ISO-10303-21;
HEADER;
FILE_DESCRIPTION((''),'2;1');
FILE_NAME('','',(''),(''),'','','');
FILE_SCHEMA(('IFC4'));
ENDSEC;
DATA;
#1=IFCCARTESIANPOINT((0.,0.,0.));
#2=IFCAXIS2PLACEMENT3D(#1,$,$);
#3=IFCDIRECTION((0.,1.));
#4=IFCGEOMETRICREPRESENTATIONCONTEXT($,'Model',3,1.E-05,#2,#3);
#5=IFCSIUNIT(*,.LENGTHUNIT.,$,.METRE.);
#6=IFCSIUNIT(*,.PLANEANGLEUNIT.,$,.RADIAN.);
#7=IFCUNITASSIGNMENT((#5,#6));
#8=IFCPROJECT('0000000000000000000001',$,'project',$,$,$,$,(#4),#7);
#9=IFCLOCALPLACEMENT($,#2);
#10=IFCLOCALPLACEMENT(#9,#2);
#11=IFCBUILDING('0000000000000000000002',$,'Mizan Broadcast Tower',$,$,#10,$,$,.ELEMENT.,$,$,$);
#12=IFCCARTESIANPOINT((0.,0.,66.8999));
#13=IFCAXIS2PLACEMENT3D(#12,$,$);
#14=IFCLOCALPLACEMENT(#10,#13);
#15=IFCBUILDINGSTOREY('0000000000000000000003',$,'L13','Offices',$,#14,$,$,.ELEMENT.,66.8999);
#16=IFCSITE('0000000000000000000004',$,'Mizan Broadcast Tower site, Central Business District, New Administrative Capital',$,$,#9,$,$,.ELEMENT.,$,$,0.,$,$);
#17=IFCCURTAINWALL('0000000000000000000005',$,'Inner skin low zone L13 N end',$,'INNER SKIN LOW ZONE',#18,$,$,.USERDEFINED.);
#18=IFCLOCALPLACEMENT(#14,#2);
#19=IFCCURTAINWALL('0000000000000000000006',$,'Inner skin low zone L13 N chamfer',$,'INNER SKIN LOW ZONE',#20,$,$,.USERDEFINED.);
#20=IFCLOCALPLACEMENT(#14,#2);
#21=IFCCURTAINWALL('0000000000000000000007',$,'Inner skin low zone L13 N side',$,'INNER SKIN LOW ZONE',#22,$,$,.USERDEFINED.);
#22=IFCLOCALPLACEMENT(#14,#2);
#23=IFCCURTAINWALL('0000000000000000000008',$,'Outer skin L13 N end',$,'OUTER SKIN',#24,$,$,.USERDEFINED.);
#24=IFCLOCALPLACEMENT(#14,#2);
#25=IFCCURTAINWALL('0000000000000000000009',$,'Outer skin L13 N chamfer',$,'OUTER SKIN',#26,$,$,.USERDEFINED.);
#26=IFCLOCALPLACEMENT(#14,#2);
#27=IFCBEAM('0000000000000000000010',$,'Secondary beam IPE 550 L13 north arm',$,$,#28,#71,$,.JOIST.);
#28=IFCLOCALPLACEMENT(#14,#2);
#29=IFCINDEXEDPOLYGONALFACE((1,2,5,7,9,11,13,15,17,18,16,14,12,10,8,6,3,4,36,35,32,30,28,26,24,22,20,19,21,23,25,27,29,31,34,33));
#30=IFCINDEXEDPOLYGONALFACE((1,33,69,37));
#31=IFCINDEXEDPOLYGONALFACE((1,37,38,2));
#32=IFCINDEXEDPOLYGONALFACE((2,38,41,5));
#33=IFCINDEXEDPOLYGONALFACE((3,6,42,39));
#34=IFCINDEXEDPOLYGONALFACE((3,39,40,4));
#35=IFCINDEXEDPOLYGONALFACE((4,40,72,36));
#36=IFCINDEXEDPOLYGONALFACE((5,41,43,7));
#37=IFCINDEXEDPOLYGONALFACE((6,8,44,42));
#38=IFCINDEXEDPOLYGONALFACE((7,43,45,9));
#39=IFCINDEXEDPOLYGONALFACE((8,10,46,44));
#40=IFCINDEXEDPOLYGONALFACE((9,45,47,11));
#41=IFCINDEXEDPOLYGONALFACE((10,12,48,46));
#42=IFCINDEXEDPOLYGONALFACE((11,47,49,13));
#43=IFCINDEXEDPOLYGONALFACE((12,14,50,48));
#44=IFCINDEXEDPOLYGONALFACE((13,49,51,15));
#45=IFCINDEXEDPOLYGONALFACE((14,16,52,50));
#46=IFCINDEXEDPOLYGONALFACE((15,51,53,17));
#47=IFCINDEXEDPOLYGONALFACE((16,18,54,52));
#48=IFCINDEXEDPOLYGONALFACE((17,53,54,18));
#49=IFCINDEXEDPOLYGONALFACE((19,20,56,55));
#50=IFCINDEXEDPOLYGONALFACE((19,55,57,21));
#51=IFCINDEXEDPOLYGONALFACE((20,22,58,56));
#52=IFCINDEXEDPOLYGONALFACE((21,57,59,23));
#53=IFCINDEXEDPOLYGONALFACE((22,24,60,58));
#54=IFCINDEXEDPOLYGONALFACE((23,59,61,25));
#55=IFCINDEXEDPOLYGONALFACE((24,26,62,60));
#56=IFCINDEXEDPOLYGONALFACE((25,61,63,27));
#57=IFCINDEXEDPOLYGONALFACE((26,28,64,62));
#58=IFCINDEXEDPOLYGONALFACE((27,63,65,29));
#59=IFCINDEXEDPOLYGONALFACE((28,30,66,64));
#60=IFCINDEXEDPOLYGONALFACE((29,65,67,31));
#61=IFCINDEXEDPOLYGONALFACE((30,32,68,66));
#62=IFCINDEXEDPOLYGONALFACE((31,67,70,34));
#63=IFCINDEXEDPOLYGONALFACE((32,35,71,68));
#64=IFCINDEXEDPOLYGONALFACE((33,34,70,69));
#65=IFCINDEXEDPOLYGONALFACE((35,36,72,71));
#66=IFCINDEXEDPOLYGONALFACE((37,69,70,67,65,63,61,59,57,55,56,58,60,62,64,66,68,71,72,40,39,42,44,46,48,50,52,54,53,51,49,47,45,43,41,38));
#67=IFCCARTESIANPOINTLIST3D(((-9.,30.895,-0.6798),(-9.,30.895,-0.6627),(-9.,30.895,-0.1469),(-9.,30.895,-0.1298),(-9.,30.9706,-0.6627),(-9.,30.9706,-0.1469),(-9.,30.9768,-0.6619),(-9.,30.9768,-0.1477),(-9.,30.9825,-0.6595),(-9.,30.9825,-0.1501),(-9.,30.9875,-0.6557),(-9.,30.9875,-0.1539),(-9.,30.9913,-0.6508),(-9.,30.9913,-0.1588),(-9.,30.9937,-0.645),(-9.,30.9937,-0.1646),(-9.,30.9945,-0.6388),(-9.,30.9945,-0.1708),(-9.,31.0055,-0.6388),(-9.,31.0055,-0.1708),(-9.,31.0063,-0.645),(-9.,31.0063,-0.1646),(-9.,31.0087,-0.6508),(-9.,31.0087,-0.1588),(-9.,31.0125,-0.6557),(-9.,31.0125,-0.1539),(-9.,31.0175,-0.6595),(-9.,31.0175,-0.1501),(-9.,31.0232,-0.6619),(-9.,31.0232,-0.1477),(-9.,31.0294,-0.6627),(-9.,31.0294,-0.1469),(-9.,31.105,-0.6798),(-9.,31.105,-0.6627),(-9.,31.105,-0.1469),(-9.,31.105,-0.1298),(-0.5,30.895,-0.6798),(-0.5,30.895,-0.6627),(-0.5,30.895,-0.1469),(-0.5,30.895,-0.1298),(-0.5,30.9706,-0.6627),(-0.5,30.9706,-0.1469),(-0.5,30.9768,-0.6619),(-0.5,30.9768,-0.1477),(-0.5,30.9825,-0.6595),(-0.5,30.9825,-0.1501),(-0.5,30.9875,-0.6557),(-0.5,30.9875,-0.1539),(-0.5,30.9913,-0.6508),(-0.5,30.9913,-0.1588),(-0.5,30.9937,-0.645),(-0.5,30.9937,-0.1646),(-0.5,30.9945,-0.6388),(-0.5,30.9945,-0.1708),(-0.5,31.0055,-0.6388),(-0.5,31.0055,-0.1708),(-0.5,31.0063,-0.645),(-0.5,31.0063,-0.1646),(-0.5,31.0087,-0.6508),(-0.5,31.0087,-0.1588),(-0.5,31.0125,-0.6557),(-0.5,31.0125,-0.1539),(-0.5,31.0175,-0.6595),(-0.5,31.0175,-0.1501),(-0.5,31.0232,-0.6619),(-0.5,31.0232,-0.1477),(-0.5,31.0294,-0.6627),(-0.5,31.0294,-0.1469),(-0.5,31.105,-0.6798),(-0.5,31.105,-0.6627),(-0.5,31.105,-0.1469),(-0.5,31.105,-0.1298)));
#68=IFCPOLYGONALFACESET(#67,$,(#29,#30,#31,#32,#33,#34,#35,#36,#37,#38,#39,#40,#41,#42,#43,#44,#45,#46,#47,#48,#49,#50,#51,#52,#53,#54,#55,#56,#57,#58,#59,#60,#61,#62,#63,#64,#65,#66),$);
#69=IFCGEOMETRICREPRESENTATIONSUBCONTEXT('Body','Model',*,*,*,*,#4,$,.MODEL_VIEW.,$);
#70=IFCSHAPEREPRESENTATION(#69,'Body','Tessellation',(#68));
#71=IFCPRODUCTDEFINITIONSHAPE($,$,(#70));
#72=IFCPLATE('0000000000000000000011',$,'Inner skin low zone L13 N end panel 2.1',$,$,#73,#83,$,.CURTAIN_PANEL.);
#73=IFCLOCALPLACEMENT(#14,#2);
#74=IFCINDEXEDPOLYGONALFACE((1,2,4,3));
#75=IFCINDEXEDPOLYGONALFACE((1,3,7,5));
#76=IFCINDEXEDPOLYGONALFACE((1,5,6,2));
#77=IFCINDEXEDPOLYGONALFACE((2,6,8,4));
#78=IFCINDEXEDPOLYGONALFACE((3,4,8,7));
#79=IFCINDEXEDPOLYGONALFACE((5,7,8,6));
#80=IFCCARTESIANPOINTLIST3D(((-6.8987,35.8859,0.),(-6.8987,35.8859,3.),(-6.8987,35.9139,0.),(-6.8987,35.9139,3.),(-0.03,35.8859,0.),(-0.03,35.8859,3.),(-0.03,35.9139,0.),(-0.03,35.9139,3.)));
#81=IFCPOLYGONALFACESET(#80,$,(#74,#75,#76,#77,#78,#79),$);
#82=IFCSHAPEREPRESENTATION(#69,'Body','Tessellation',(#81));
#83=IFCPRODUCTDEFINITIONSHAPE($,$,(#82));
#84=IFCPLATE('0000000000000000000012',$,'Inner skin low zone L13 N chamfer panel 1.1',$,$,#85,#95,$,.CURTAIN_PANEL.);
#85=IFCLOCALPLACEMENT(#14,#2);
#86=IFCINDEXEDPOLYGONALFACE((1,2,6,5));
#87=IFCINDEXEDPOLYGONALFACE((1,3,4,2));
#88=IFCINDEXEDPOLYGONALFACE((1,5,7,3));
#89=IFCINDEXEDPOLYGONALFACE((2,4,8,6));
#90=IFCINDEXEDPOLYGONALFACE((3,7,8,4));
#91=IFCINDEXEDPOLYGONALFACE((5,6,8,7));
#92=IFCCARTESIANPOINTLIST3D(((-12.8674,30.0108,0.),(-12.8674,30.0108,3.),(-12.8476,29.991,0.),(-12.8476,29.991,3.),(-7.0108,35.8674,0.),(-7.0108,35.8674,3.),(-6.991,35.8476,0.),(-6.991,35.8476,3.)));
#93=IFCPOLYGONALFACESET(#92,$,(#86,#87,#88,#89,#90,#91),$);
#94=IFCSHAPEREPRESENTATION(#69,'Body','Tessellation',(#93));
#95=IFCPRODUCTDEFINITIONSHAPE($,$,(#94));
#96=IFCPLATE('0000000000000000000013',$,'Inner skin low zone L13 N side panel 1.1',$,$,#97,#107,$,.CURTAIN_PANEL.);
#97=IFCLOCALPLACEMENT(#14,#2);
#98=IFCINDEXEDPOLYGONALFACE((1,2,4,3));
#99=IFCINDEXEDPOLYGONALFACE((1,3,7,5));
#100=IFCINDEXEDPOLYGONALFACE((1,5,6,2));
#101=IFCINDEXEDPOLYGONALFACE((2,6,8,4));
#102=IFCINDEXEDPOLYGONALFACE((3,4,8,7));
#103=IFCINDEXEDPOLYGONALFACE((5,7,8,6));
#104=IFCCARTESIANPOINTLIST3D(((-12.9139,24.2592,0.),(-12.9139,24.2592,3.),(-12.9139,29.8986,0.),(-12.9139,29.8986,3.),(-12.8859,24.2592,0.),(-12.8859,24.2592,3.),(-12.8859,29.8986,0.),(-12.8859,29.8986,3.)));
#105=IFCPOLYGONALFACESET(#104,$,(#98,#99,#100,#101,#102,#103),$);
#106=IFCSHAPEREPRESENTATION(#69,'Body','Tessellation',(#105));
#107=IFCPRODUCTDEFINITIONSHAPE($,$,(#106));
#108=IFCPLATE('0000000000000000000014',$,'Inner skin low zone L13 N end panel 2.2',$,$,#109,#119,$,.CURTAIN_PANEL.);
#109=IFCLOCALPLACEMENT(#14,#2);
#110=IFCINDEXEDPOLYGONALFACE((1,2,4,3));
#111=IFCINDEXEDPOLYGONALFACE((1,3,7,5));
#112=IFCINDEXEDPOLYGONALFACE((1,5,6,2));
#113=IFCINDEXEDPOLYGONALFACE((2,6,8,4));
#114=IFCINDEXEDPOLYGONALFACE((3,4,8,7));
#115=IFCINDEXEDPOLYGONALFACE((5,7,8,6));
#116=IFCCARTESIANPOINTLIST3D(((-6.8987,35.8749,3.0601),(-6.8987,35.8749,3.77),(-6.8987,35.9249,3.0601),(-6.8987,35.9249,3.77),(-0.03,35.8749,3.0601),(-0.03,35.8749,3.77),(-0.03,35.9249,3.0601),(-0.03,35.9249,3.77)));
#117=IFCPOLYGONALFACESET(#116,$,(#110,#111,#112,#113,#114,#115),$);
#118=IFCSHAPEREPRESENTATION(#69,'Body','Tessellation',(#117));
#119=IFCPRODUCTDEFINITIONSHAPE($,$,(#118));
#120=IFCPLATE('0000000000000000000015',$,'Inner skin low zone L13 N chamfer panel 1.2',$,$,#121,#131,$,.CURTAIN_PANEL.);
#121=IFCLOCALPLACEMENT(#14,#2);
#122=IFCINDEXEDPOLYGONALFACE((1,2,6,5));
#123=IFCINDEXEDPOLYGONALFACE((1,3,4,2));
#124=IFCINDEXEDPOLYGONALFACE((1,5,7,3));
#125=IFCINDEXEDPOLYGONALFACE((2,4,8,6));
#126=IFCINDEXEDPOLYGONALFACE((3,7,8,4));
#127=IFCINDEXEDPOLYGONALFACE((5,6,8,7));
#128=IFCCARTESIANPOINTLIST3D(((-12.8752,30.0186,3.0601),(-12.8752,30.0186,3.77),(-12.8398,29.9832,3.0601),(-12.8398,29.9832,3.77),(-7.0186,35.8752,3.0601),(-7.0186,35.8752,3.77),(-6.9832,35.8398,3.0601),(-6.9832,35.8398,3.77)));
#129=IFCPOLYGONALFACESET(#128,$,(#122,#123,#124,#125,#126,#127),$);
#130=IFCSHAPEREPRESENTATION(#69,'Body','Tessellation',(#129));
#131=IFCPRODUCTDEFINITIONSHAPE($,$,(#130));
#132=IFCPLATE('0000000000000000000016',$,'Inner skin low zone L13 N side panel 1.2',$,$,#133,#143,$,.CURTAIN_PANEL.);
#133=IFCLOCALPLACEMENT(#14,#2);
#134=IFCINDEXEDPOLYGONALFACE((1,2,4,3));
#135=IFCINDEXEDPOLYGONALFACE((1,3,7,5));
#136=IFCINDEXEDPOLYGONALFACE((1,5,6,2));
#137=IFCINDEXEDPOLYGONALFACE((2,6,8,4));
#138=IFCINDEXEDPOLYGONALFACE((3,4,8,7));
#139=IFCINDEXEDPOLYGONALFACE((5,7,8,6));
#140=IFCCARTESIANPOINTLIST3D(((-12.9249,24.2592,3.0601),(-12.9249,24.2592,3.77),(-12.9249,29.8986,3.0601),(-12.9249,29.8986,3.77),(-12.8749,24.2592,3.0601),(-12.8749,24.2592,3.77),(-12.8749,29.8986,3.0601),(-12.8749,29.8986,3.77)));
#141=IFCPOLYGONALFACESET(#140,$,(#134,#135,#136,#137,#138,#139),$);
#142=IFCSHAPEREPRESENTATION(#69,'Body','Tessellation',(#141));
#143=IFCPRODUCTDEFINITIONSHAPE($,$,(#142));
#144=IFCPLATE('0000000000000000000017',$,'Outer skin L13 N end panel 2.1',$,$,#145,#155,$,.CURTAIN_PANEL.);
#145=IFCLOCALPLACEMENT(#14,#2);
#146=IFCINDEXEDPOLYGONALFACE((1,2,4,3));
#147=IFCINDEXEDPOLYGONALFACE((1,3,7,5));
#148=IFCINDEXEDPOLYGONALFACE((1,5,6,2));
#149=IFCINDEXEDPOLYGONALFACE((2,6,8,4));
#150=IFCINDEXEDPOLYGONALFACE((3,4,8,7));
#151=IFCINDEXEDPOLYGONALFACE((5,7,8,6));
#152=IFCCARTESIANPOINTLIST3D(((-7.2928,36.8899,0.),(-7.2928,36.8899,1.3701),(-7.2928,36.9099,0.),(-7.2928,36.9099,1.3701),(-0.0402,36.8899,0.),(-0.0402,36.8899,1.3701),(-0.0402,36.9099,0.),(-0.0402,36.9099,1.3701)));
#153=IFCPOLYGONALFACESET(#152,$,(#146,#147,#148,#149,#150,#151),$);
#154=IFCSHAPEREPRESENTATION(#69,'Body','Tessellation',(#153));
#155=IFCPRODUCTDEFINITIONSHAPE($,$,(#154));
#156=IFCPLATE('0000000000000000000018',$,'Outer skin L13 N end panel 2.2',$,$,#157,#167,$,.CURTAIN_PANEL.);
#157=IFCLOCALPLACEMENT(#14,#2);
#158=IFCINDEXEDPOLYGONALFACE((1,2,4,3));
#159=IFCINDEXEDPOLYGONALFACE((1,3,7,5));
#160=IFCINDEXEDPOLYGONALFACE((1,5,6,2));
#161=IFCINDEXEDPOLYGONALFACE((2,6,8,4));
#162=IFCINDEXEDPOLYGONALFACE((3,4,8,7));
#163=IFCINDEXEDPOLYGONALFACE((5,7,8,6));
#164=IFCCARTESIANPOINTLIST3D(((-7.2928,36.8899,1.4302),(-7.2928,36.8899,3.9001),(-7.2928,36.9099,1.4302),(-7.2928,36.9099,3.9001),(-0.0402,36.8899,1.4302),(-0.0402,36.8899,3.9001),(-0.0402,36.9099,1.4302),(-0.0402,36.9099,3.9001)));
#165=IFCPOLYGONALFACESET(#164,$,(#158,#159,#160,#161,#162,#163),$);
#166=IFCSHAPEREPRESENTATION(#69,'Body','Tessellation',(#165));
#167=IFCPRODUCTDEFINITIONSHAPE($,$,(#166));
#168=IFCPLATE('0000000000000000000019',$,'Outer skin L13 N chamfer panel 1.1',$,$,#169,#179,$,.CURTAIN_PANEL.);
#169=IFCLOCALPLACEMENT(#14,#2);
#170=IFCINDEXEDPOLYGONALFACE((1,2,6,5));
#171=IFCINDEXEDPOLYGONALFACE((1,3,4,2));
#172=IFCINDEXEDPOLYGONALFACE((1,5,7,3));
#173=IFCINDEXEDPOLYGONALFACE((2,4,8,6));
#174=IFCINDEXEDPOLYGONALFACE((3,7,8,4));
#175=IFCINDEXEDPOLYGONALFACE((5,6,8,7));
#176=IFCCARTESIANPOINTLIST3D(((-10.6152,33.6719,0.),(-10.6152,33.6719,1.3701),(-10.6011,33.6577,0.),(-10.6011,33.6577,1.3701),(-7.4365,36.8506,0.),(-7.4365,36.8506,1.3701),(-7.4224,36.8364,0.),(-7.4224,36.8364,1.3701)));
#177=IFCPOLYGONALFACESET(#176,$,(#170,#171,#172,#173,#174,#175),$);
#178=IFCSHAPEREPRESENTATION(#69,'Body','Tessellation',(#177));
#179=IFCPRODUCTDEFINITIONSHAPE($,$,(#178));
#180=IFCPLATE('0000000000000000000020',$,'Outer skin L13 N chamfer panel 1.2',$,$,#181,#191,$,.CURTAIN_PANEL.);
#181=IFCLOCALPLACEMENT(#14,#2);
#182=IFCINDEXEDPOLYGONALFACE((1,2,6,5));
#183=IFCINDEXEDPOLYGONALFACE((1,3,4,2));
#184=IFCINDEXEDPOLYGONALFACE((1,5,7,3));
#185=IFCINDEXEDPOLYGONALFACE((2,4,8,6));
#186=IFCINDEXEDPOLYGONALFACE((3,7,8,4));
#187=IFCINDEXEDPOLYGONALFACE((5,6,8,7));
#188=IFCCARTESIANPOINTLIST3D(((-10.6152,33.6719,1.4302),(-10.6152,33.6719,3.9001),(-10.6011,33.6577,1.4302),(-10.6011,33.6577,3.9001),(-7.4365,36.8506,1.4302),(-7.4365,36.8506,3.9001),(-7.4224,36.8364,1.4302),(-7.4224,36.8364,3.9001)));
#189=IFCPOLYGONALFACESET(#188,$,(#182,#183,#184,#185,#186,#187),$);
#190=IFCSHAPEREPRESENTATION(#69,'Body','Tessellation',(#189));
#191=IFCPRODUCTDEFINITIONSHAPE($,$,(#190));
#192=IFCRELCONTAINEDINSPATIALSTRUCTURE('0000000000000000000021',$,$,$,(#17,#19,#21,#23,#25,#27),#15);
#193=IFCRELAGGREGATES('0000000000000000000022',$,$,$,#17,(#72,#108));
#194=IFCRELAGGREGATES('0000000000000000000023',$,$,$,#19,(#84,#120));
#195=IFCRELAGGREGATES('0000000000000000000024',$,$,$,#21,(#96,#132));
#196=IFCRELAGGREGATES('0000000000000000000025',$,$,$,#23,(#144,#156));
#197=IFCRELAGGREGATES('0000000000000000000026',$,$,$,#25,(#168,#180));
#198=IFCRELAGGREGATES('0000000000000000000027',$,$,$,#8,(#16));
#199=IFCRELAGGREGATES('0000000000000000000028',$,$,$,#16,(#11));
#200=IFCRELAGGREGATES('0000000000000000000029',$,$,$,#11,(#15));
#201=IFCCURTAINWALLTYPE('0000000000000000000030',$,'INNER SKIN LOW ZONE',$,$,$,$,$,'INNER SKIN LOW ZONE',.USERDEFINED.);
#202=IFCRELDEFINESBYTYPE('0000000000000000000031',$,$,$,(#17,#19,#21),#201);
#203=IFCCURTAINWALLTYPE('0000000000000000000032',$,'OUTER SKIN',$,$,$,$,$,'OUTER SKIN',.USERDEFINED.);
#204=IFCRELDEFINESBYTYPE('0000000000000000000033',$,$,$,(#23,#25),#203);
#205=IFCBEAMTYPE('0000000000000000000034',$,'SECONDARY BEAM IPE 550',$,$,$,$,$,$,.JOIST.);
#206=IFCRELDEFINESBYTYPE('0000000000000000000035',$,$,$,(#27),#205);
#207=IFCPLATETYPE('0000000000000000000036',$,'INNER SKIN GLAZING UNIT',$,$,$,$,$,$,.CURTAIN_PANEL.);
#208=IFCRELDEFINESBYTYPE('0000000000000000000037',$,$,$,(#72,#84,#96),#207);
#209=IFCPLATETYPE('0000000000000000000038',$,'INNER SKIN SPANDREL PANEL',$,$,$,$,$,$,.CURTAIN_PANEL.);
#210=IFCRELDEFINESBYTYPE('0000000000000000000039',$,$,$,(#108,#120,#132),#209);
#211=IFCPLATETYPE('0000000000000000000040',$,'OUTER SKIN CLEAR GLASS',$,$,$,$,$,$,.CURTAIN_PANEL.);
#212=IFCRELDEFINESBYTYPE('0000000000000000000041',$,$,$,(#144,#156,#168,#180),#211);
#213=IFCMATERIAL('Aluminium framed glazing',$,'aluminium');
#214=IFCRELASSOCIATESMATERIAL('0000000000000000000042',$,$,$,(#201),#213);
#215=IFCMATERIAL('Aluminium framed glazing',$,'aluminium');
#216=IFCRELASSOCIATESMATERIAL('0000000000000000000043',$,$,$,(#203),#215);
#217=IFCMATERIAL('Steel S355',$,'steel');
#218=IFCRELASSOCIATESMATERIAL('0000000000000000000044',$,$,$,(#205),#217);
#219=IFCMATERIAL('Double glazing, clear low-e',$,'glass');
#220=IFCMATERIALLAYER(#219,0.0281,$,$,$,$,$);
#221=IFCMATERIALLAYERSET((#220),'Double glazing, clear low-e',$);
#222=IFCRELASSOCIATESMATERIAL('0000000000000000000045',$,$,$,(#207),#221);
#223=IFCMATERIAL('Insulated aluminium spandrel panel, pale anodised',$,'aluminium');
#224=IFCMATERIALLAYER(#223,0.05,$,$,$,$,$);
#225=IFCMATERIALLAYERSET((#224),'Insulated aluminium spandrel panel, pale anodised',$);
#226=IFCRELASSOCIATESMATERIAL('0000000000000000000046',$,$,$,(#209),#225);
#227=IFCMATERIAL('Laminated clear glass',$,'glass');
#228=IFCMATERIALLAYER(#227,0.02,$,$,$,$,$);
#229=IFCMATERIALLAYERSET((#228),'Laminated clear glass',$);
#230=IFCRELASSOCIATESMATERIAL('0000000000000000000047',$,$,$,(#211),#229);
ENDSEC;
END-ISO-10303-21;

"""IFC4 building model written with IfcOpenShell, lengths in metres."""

from ifc_helpers import new_model, si_unit, direction, frame, origin, origin_2d, place, context, subcontext, project, spatial, rectangle, i_section, extrude, material, layer, layer_set, material_profile, profile_set, type_object, element, aggregate, save


model = new_model("IFC4")

# Units and contexts
model_context = context("Model", 3, precision=1e-05, world=origin(), true_north=direction((0.0, 1.0)))
body_context = subcontext(model_context, "Body", "Model", "MODEL_VIEW")
ifc_project = project(units=[si_unit("LENGTHUNIT", "METRE"), si_unit("PLANEANGLEUNIT", "RADIAN")], contexts=[model_context])

# Site, building, storey
site_placement = place(None, origin())
site = spatial("IfcSite", under=ifc_project, at=site_placement, Name="Mizan Broadcast Tower site, Central Business District, New Administrative Capital", CompositionType="ELEMENT", RefElevation=0.0)
building_placement = place(site_placement, origin())
building = spatial("IfcBuilding", under=site, at=building_placement, Name="Mizan Broadcast Tower", CompositionType="ELEMENT")
storey_placement = place(building_placement, frame((0.0, 0.0, 66.8999)))
storey = spatial("IfcBuildingStorey", under=building, at=storey_placement, Name="L13", Description="Offices", CompositionType="ELEMENT", Elevation=66.8999)

# Curtain walls
ifc_material_1 = material(Name="Aluminium framed glazing", Category="aluminium")
curtain_wall_type_1 = type_object("IfcCurtainWallType", Name="INNER SKIN LOW ZONE", ElementType="INNER SKIN LOW ZONE", PredefinedType="USERDEFINED", material=ifc_material_1)
curtain_wall_1_placement = place(storey_placement, origin())
curtain_wall_1 = element("IfcCurtainWall", 1, at=curtain_wall_1_placement, inside=storey, type_object=curtain_wall_type_1, Name="Inner skin low zone L13 N end", ObjectType="INNER SKIN LOW ZONE", PredefinedType="USERDEFINED")
curtain_wall_2_placement = place(storey_placement, origin())
curtain_wall_2 = element("IfcCurtainWall", 2, at=curtain_wall_2_placement, inside=storey, type_object=curtain_wall_type_1, Name="Inner skin low zone L13 N chamfer", ObjectType="INNER SKIN LOW ZONE", PredefinedType="USERDEFINED")
curtain_wall_3_placement = place(storey_placement, origin())
curtain_wall_3 = element("IfcCurtainWall", 3, at=curtain_wall_3_placement, inside=storey, type_object=curtain_wall_type_1, Name="Inner skin low zone L13 N side", ObjectType="INNER SKIN LOW ZONE", PredefinedType="USERDEFINED")

# Curtain walls
ifc_material_2 = material(Name="Aluminium framed glazing", Category="aluminium")
curtain_wall_type_2 = type_object("IfcCurtainWallType", Name="OUTER SKIN", ElementType="OUTER SKIN", PredefinedType="USERDEFINED", material=ifc_material_2)
curtain_wall_4_placement = place(storey_placement, origin())
curtain_wall_4 = element("IfcCurtainWall", 4, at=curtain_wall_4_placement, inside=storey, type_object=curtain_wall_type_2, Name="Outer skin L13 N end", ObjectType="OUTER SKIN", PredefinedType="USERDEFINED")
curtain_wall_5_placement = place(storey_placement, origin())
curtain_wall_5 = element("IfcCurtainWall", 5, at=curtain_wall_5_placement, inside=storey, type_object=curtain_wall_type_2, Name="Outer skin L13 N chamfer", ObjectType="OUTER SKIN", PredefinedType="USERDEFINED")

# Beam
ifc_material_3 = material(Name="Steel S355", Category="steel")
ifc_material_profile_1 = material_profile(ifc_material_3, i_section(OverallWidth=0.21, OverallDepth=0.55, WebThickness=0.011, FlangeThickness=0.0171, FilletRadius=0.0239, at=origin_2d()), Name="IPE 550")
ifc_profile_set_1 = profile_set([ifc_material_profile_1], Name="Steel S355")
beam_type_1 = type_object("IfcBeamType", Name="SECONDARY BEAM IPE 550", PredefinedType="JOIST", material=ifc_profile_set_1)
beam_1_placement = place(storey_placement, frame((-9.0, 31.0, -0.4048), z_axis=(1.0, 0.0, 0.0), x_axis=(0.0, 1.0, 0.0)))
element("IfcBeam", 6, at=beam_1_placement, inside=storey, type_object=beam_type_1, Name="Secondary beam IPE 550 L13 north arm", PredefinedType="JOIST", context=body_context, shape_type="SweptSolid", body=[
    extrude(i_section(OverallWidth=0.21, OverallDepth=0.55, WebThickness=0.011, FlangeThickness=0.0171, FilletRadius=0.0239, at=origin_2d()), origin(), (0.0, 0.0, 1.0), 8.5),
])

# Plates
ifc_material_4 = material(Name="Double glazing, clear low-e", Category="glass")
ifc_layer_1 = layer(ifc_material_4, 0.0281)
ifc_layer_set_1 = layer_set([ifc_layer_1], Name="Double glazing, clear low-e")
plate_type_1 = type_object("IfcPlateType", Name="INNER SKIN GLAZING UNIT", PredefinedType="CURTAIN_PANEL", material=ifc_layer_set_1)
plate_1_placement = place(storey_placement, frame((-3.4644, 35.8999, 0.0), z_axis=(0.0, 0.0, 1.0), x_axis=(-1.0, 0.0, 0.0)))
plate_1 = element("IfcPlate", 7, at=plate_1_placement, type_object=plate_type_1, Name="Inner skin low zone L13 N end panel 2.1", PredefinedType="CURTAIN_PANEL", context=body_context, shape_type="SweptSolid", body=[
    extrude(rectangle(XDim=6.8687, YDim=0.0281, at=origin_2d()), origin(), (0.0, 0.0, 1.0), 3.0),
])
plate_2_placement = place(storey_placement, frame((-9.9292, 32.9292, 0.0), z_axis=(0.0, 0.0, 1.0), x_axis=(-0.707107, -0.707107, 0.0)))
plate_2 = element("IfcPlate", 8, at=plate_2_placement, type_object=plate_type_1, Name="Inner skin low zone L13 N chamfer panel 1.1", PredefinedType="CURTAIN_PANEL", context=body_context, shape_type="SweptSolid", body=[
    extrude(rectangle(XDim=8.2825, YDim=0.0281, at=origin_2d()), origin(), (0.0, 0.0, 1.0), 3.0),
])
plate_3_placement = place(storey_placement, frame((-12.8999, 27.0789, 0.0), z_axis=(0.0, 0.0, 1.0), x_axis=(0.0, -1.0, 0.0)))
plate_3 = element("IfcPlate", 9, at=plate_3_placement, type_object=plate_type_1, Name="Inner skin low zone L13 N side panel 1.1", PredefinedType="CURTAIN_PANEL", context=body_context, shape_type="SweptSolid", body=[
    extrude(rectangle(XDim=5.6394, YDim=0.0281, at=origin_2d()), origin(), (0.0, 0.0, 1.0), 3.0),
])
ifc_material_5 = material(Name="Insulated aluminium spandrel panel, pale anodised", Category="aluminium")
ifc_layer_2 = layer(ifc_material_5, 0.05)
ifc_layer_set_2 = layer_set([ifc_layer_2], Name="Insulated aluminium spandrel panel, pale anodised")
plate_type_2 = type_object("IfcPlateType", Name="INNER SKIN SPANDREL PANEL", PredefinedType="CURTAIN_PANEL", material=ifc_layer_set_2)
plate_4_placement = place(storey_placement, frame((-3.4644, 35.8999, 3.0601), z_axis=(0.0, 0.0, 1.0), x_axis=(-1.0, 0.0, 0.0)))
plate_4 = element("IfcPlate", 10, at=plate_4_placement, type_object=plate_type_2, Name="Inner skin low zone L13 N end panel 2.2", PredefinedType="CURTAIN_PANEL", context=body_context, shape_type="SweptSolid", body=[
    extrude(rectangle(XDim=6.8687, YDim=0.05, at=origin_2d()), origin(), (0.0, 0.0, 1.0), 0.71),
])
aggregate(curtain_wall_1, [plate_1, plate_4])
plate_5_placement = place(storey_placement, frame((-9.9292, 32.9292, 3.0601), z_axis=(0.0, 0.0, 1.0), x_axis=(-0.707107, -0.707107, 0.0)))
plate_5 = element("IfcPlate", 11, at=plate_5_placement, type_object=plate_type_2, Name="Inner skin low zone L13 N chamfer panel 1.2", PredefinedType="CURTAIN_PANEL", context=body_context, shape_type="SweptSolid", body=[
    extrude(rectangle(XDim=8.2825, YDim=0.05, at=origin_2d()), origin(), (0.0, 0.0, 1.0), 0.71),
])
aggregate(curtain_wall_2, [plate_2, plate_5])
plate_6_placement = place(storey_placement, frame((-12.8999, 27.0789, 3.0601), z_axis=(0.0, 0.0, 1.0), x_axis=(0.0, -1.0, 0.0)))
plate_6 = element("IfcPlate", 12, at=plate_6_placement, type_object=plate_type_2, Name="Inner skin low zone L13 N side panel 1.2", PredefinedType="CURTAIN_PANEL", context=body_context, shape_type="SweptSolid", body=[
    extrude(rectangle(XDim=5.6394, YDim=0.05, at=origin_2d()), origin(), (0.0, 0.0, 1.0), 0.71),
])
aggregate(curtain_wall_3, [plate_3, plate_6])
ifc_material_6 = material(Name="Laminated clear glass", Category="glass")
ifc_layer_3 = layer(ifc_material_6, 0.02)
ifc_layer_set_3 = layer_set([ifc_layer_3], Name="Laminated clear glass")
plate_type_3 = type_object("IfcPlateType", Name="OUTER SKIN CLEAR GLASS", PredefinedType="CURTAIN_PANEL", material=ifc_layer_set_3)
plate_7_placement = place(storey_placement, frame((-3.6665, 36.8999, 0.0), z_axis=(0.0, 0.0, 1.0), x_axis=(-1.0, 0.0, 0.0)))
plate_7 = element("IfcPlate", 13, at=plate_7_placement, type_object=plate_type_3, Name="Outer skin L13 N end panel 2.1", PredefinedType="CURTAIN_PANEL", context=body_context, shape_type="SweptSolid", body=[
    extrude(rectangle(XDim=7.2527, YDim=0.02, at=origin_2d()), origin(), (0.0, 0.0, 1.0), 1.3701),
])
plate_8_placement = place(storey_placement, frame((-3.6665, 36.8999, 1.4302), z_axis=(0.0, 0.0, 1.0), x_axis=(-1.0, 0.0, 0.0)))
plate_8 = element("IfcPlate", 14, at=plate_8_placement, type_object=plate_type_3, Name="Outer skin L13 N end panel 2.2", PredefinedType="CURTAIN_PANEL", context=body_context, shape_type="SweptSolid", body=[
    extrude(rectangle(XDim=7.2527, YDim=0.02, at=origin_2d()), origin(), (0.0, 0.0, 1.0), 2.47),
])
aggregate(curtain_wall_4, [plate_7, plate_8])
plate_9_placement = place(storey_placement, frame((-9.0188, 35.2542, 0.0), z_axis=(0.0, 0.0, 1.0), x_axis=(-0.707107, -0.707107, 0.0)))
plate_9 = element("IfcPlate", 15, at=plate_9_placement, type_object=plate_type_3, Name="Outer skin L13 N chamfer panel 1.1", PredefinedType="CURTAIN_PANEL", context=body_context, shape_type="SweptSolid", body=[
    extrude(rectangle(XDim=4.4954, YDim=0.02, at=origin_2d()), origin(), (0.0, 0.0, 1.0), 1.3701),
])
plate_10_placement = place(storey_placement, frame((-9.0188, 35.2542, 1.4302), z_axis=(0.0, 0.0, 1.0), x_axis=(-0.707107, -0.707107, 0.0)))
plate_10 = element("IfcPlate", 16, at=plate_10_placement, type_object=plate_type_3, Name="Outer skin L13 N chamfer panel 1.2", PredefinedType="CURTAIN_PANEL", context=body_context, shape_type="SweptSolid", body=[
    extrude(rectangle(XDim=4.4954, YDim=0.02, at=origin_2d()), origin(), (0.0, 0.0, 1.0), 2.47),
])
aggregate(curtain_wall_5, [plate_9, plate_10])

save(model, "model.ifc")
